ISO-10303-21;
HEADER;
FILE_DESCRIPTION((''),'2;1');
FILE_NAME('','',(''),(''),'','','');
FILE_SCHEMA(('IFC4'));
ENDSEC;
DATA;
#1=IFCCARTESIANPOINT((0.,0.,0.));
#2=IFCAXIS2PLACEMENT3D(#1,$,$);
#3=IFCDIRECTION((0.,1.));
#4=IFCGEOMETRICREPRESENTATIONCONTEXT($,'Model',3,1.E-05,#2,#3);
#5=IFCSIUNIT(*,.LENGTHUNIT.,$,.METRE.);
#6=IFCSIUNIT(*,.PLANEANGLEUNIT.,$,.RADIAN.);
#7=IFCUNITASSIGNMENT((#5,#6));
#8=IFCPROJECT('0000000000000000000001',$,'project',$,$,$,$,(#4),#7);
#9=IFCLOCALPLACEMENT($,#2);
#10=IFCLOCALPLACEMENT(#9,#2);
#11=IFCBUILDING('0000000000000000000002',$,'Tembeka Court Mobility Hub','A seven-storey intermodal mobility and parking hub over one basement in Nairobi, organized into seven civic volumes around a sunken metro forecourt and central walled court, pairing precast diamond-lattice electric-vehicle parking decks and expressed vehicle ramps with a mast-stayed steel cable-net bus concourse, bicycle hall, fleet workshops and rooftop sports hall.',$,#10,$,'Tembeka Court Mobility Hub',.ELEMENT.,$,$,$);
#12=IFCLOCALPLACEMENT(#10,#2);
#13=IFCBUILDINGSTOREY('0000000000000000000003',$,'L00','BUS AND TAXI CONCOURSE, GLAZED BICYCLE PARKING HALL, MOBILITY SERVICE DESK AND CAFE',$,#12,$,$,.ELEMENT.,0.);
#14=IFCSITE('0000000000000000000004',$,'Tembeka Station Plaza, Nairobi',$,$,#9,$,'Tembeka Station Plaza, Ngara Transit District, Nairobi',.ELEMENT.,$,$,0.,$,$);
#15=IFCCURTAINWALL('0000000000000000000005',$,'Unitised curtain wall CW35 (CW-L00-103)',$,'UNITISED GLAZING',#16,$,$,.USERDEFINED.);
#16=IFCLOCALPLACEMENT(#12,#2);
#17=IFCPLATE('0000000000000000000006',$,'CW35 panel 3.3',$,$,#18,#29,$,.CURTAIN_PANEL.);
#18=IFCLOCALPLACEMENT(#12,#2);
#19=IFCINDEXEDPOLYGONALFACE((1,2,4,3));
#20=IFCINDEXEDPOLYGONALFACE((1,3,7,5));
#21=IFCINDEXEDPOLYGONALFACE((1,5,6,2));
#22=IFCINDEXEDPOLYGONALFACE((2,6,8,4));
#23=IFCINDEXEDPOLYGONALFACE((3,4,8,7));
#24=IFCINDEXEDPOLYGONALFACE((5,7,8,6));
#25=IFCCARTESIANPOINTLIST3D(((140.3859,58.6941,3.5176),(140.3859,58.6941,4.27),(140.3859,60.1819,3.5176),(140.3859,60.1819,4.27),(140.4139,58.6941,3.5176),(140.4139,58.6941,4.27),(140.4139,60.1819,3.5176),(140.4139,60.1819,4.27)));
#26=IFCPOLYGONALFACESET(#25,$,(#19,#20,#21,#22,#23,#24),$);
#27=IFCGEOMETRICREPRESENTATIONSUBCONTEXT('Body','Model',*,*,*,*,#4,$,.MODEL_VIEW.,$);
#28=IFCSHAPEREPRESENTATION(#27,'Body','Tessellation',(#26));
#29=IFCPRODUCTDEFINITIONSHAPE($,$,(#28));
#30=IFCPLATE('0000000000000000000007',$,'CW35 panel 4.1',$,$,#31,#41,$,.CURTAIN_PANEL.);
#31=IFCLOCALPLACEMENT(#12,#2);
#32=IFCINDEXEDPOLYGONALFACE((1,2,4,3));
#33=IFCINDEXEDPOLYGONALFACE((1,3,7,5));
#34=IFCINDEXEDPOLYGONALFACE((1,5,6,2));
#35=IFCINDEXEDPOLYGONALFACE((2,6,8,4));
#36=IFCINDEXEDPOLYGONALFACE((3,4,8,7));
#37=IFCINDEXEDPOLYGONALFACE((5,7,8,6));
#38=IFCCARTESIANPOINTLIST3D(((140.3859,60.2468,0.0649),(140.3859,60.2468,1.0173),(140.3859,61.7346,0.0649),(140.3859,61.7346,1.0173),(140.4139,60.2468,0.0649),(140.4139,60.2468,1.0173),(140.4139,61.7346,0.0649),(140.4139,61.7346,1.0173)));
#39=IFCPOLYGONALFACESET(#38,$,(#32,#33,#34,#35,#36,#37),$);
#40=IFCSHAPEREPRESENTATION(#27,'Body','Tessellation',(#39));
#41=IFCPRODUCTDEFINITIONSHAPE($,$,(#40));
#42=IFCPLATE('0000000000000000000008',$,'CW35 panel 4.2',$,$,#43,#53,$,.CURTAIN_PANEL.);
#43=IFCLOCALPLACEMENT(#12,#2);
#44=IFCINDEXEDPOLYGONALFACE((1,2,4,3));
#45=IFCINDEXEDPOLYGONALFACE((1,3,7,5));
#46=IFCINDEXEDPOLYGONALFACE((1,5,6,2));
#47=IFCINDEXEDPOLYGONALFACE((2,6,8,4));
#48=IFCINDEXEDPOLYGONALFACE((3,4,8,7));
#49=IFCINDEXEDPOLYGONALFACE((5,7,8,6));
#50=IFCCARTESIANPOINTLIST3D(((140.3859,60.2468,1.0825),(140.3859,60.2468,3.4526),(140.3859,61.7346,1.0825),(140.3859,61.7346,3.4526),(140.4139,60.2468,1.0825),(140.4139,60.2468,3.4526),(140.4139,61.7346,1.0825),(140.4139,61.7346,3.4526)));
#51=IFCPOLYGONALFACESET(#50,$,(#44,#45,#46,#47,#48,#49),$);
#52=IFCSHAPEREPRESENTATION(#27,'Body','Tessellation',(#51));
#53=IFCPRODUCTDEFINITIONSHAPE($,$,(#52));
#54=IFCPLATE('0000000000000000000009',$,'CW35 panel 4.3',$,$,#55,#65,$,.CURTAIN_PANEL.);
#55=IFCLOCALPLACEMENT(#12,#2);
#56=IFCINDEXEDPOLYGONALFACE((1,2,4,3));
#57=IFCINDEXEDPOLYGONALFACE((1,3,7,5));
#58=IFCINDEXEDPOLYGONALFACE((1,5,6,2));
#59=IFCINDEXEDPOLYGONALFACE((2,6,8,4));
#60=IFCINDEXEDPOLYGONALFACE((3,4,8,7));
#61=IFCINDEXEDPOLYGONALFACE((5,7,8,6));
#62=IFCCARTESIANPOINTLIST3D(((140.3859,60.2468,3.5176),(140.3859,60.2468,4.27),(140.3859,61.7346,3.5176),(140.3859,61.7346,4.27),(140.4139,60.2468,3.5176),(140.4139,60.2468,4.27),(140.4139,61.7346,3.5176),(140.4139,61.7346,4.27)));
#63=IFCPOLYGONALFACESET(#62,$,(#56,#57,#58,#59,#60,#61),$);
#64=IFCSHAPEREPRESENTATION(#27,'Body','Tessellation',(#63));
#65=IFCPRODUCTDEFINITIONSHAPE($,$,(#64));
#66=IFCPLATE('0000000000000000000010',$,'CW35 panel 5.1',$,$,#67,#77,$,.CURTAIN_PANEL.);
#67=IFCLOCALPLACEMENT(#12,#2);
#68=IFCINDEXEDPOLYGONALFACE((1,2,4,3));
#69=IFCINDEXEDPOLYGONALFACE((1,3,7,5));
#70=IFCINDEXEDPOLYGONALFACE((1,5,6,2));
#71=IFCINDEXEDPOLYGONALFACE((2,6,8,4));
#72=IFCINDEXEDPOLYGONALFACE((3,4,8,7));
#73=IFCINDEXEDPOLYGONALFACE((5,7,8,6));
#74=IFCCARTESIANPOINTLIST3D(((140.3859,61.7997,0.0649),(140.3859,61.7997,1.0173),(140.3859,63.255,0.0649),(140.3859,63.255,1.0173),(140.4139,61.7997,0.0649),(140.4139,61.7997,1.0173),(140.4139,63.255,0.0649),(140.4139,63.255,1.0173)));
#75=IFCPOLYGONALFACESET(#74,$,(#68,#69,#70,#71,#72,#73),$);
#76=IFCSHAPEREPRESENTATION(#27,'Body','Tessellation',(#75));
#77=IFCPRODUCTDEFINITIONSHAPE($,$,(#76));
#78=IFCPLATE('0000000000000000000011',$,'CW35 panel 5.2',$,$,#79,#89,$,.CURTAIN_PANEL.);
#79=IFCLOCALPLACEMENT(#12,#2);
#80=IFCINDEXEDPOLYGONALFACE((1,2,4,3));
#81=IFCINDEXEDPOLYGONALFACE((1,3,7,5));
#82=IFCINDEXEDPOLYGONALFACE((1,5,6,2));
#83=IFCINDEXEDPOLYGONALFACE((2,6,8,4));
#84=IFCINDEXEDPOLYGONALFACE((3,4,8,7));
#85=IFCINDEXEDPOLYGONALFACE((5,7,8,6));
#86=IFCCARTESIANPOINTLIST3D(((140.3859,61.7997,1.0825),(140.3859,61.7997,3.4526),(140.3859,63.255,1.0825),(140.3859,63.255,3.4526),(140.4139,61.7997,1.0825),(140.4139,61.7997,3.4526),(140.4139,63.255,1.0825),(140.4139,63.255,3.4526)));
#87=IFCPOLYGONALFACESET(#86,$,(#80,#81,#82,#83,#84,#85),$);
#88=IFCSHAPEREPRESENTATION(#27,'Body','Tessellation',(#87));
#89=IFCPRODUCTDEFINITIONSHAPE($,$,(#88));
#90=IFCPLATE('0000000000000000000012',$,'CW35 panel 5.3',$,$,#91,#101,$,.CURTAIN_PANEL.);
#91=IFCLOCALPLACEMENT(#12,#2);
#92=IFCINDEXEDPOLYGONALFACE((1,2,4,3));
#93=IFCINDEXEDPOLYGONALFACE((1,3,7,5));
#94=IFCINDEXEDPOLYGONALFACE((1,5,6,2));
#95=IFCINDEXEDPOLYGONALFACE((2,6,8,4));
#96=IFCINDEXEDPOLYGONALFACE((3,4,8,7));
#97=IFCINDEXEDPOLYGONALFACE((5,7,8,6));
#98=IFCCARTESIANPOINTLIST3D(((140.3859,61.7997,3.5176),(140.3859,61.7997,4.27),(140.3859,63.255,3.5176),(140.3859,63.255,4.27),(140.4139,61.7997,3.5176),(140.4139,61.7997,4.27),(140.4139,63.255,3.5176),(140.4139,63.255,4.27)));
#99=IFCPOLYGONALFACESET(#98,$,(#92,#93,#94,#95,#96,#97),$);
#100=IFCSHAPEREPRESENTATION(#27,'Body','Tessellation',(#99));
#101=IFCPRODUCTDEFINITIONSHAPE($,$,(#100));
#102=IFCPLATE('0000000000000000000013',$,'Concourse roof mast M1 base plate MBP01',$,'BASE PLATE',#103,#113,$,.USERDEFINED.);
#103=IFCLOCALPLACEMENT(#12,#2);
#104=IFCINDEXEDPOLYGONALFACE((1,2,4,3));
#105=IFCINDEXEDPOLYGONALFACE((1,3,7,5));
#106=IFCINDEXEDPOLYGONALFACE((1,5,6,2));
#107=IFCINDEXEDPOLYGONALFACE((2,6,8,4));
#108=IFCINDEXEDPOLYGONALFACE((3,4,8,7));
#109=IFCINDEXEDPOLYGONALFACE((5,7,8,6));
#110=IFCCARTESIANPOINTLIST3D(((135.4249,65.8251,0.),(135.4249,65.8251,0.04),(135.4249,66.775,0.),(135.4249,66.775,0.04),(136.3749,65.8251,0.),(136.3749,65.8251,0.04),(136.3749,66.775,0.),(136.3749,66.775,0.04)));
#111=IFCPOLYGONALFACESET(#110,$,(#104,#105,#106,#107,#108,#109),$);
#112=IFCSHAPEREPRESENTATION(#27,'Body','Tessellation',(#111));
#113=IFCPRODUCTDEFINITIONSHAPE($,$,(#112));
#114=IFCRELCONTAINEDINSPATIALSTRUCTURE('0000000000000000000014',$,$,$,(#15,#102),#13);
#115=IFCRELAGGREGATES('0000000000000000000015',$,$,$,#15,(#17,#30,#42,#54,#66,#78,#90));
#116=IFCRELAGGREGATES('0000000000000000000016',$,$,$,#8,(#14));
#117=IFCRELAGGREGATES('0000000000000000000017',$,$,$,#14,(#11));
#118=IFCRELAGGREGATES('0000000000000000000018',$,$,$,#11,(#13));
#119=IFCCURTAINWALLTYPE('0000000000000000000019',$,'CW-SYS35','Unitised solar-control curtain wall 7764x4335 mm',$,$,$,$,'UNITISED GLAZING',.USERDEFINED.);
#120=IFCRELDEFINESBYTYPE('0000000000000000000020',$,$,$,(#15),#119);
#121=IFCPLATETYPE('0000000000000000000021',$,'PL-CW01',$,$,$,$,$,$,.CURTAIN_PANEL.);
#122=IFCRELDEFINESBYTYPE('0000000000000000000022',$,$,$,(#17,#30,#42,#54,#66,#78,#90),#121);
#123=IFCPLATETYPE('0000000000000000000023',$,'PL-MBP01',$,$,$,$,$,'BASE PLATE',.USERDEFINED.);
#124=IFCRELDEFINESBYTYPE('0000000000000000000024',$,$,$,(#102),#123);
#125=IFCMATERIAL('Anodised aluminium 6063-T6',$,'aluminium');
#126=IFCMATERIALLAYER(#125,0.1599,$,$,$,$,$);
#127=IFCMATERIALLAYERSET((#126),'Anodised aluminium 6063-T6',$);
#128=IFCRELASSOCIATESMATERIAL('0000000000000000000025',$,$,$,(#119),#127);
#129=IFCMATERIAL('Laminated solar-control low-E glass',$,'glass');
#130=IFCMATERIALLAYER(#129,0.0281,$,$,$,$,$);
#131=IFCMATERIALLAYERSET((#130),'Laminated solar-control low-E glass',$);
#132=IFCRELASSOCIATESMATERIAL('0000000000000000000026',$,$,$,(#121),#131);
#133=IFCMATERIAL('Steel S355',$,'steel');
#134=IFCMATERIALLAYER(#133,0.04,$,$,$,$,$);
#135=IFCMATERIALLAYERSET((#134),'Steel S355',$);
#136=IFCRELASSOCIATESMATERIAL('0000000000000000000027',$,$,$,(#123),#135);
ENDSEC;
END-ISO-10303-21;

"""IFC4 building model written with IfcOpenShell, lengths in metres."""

from ifc_helpers import new_model, si_unit, direction, frame, origin, origin_2d, place, context, subcontext, project, spatial, rectangle, extrude, material, layer, layer_set, type_object, element, aggregate, save


model = new_model("IFC4")

# Units and contexts
model_context = context("Model", 3, precision=1e-05, world=origin(), true_north=direction((0.0, 1.0)))
body_context = subcontext(model_context, "Body", "Model", "MODEL_VIEW")
ifc_project = project(units=[si_unit("LENGTHUNIT", "METRE"), si_unit("PLANEANGLEUNIT", "RADIAN")], contexts=[model_context])

# Site, building, storey
site_placement = place(None, origin())
site = spatial("IfcSite", under=ifc_project, at=site_placement, Name="Tembeka Station Plaza, Nairobi", LongName="Tembeka Station Plaza, Ngara Transit District, Nairobi", CompositionType="ELEMENT", RefElevation=0.0)
building_placement = place(site_placement, origin())
building = spatial("IfcBuilding", under=site, at=building_placement, Name="Tembeka Court Mobility Hub", Description="A seven-storey intermodal mobility and parking hub over one basement in Nairobi, organized into seven civic volumes around a sunken metro forecourt and central walled court, pairing precast diamond-lattice electric-vehicle parking decks and expressed vehicle ramps with a mast-stayed steel cable-net bus concourse, bicycle hall, fleet workshops and rooftop sports hall.", LongName="Tembeka Court Mobility Hub", CompositionType="ELEMENT")
storey_placement = place(building_placement, origin())
storey = spatial("IfcBuildingStorey", under=building, at=storey_placement, Name="L00", Description="BUS AND TAXI CONCOURSE, GLAZED BICYCLE PARKING HALL, MOBILITY SERVICE DESK AND CAFE", CompositionType="ELEMENT", Elevation=0.0)

# Shared definitions
ifc_material_1 = material(Name="Steel S355", Category="steel")

# Curtain wall, plates
ifc_material_2 = material(Name="Anodised aluminium 6063-T6", Category="aluminium")
ifc_layer_1 = layer(ifc_material_2, 0.1599)
ifc_layer_set_1 = layer_set([ifc_layer_1], Name="Anodised aluminium 6063-T6")
curtain_wall_type = type_object("IfcCurtainWallType", Name="CW-SYS35", Description="Unitised solar-control curtain wall 7764x4335 mm", ElementType="UNITISED GLAZING", PredefinedType="USERDEFINED", material=ifc_layer_set_1)
curtain_wall_placement = place(storey_placement, origin())
curtain_wall = element("IfcCurtainWall", 1, at=curtain_wall_placement, inside=storey, type_object=curtain_wall_type, Name="Unitised curtain wall CW35 (CW-L00-103)", ObjectType="UNITISED GLAZING", PredefinedType="USERDEFINED")
ifc_material_3 = material(Name="Laminated solar-control low-E glass", Category="glass")
ifc_layer_2 = layer(ifc_material_3, 0.0281)
ifc_layer_set_2 = layer_set([ifc_layer_2], Name="Laminated solar-control low-E glass")
plate_type_1 = type_object("IfcPlateType", Name="PL-CW01", PredefinedType="CURTAIN_PANEL", material=ifc_layer_set_2)
plate_1_placement = place(storey_placement, frame((140.3999, 59.438, 3.5176), z_axis=(0.0, 0.0, 1.0), x_axis=(0.0, 1.0, 0.0)))
plate_1 = element("IfcPlate", 2, at=plate_1_placement, type_object=plate_type_1, Name="CW35 panel 3.3", PredefinedType="CURTAIN_PANEL", context=body_context, shape_type="SweptSolid", body=[
    extrude(rectangle(XDim=1.4878, YDim=0.0281, at=origin_2d()), origin(), (0.0, 0.0, 1.0), 0.7524),
])
plate_2_placement = place(storey_placement, frame((140.3999, 60.9907, 0.0649), z_axis=(0.0, 0.0, 1.0), x_axis=(0.0, 1.0, 0.0)))
plate_2 = element("IfcPlate", 3, at=plate_2_placement, type_object=plate_type_1, Name="CW35 panel 4.1", PredefinedType="CURTAIN_PANEL", context=body_context, shape_type="SweptSolid", body=[
    extrude(rectangle(XDim=1.4878, YDim=0.0281, at=origin_2d()), origin(), (0.0, 0.0, 1.0), 0.9524),
])
plate_3_placement = place(storey_placement, frame((140.3999, 60.9907, 1.0825), z_axis=(0.0, 0.0, 1.0), x_axis=(0.0, 1.0, 0.0)))
plate_3 = element("IfcPlate", 4, at=plate_3_placement, type_object=plate_type_1, Name="CW35 panel 4.2", PredefinedType="CURTAIN_PANEL", context=body_context, shape_type="SweptSolid", body=[
    extrude(rectangle(XDim=1.4878, YDim=0.0281, at=origin_2d()), origin(), (0.0, 0.0, 1.0), 2.3701),
])
plate_4_placement = place(storey_placement, frame((140.3999, 60.9907, 3.5176), z_axis=(0.0, 0.0, 1.0), x_axis=(0.0, 1.0, 0.0)))
plate_4 = element("IfcPlate", 5, at=plate_4_placement, type_object=plate_type_1, Name="CW35 panel 4.3", PredefinedType="CURTAIN_PANEL", context=body_context, shape_type="SweptSolid", body=[
    extrude(rectangle(XDim=1.4878, YDim=0.0281, at=origin_2d()), origin(), (0.0, 0.0, 1.0), 0.7524),
])
plate_5_placement = place(storey_placement, frame((140.3999, 62.5273, 0.0649), z_axis=(0.0, 0.0, 1.0), x_axis=(0.0, 1.0, 0.0)))
plate_5 = element("IfcPlate", 6, at=plate_5_placement, type_object=plate_type_1, Name="CW35 panel 5.1", PredefinedType="CURTAIN_PANEL", context=body_context, shape_type="SweptSolid", body=[
    extrude(rectangle(XDim=1.4553, YDim=0.0281, at=origin_2d()), origin(), (0.0, 0.0, 1.0), 0.9524),
])
plate_6_placement = place(storey_placement, frame((140.3999, 62.5273, 1.0825), z_axis=(0.0, 0.0, 1.0), x_axis=(0.0, 1.0, 0.0)))
plate_6 = element("IfcPlate", 7, at=plate_6_placement, type_object=plate_type_1, Name="CW35 panel 5.2", PredefinedType="CURTAIN_PANEL", context=body_context, shape_type="SweptSolid", body=[
    extrude(rectangle(XDim=1.4553, YDim=0.0281, at=origin_2d()), origin(), (0.0, 0.0, 1.0), 2.3701),
])
plate_7_placement = place(storey_placement, frame((140.3999, 62.5273, 3.5176), z_axis=(0.0, 0.0, 1.0), x_axis=(0.0, 1.0, 0.0)))
plate_7 = element("IfcPlate", 8, at=plate_7_placement, type_object=plate_type_1, Name="CW35 panel 5.3", PredefinedType="CURTAIN_PANEL", context=body_context, shape_type="SweptSolid", body=[
    extrude(rectangle(XDim=1.4553, YDim=0.0281, at=origin_2d()), origin(), (0.0, 0.0, 1.0), 0.7524),
])
aggregate(curtain_wall, [plate_1, plate_2, plate_3, plate_4, plate_5, plate_6, plate_7])

# Plate
ifc_layer_3 = layer(ifc_material_1, 0.04)
ifc_layer_set_3 = layer_set([ifc_layer_3], Name="Steel S355")
plate_type_2 = type_object("IfcPlateType", Name="PL-MBP01", ElementType="BASE PLATE", PredefinedType="USERDEFINED", material=ifc_layer_set_3)
plate_8_placement = place(storey_placement, frame((135.8999, 66.3, 0.0), z_axis=(0.0, 0.0, 1.0), x_axis=(1.0, 0.0, 0.0)))
element("IfcPlate", 9, at=plate_8_placement, inside=storey, type_object=plate_type_2, Name="Concourse roof mast M1 base plate MBP01", ObjectType="BASE PLATE", PredefinedType="USERDEFINED", context=body_context, shape_type="SweptSolid", body=[
    extrude(rectangle(XDim=0.95, YDim=0.95, at=origin_2d()), origin(), (0.0, 0.0, 1.0), 0.04),
])

save(model, "model.ifc")
